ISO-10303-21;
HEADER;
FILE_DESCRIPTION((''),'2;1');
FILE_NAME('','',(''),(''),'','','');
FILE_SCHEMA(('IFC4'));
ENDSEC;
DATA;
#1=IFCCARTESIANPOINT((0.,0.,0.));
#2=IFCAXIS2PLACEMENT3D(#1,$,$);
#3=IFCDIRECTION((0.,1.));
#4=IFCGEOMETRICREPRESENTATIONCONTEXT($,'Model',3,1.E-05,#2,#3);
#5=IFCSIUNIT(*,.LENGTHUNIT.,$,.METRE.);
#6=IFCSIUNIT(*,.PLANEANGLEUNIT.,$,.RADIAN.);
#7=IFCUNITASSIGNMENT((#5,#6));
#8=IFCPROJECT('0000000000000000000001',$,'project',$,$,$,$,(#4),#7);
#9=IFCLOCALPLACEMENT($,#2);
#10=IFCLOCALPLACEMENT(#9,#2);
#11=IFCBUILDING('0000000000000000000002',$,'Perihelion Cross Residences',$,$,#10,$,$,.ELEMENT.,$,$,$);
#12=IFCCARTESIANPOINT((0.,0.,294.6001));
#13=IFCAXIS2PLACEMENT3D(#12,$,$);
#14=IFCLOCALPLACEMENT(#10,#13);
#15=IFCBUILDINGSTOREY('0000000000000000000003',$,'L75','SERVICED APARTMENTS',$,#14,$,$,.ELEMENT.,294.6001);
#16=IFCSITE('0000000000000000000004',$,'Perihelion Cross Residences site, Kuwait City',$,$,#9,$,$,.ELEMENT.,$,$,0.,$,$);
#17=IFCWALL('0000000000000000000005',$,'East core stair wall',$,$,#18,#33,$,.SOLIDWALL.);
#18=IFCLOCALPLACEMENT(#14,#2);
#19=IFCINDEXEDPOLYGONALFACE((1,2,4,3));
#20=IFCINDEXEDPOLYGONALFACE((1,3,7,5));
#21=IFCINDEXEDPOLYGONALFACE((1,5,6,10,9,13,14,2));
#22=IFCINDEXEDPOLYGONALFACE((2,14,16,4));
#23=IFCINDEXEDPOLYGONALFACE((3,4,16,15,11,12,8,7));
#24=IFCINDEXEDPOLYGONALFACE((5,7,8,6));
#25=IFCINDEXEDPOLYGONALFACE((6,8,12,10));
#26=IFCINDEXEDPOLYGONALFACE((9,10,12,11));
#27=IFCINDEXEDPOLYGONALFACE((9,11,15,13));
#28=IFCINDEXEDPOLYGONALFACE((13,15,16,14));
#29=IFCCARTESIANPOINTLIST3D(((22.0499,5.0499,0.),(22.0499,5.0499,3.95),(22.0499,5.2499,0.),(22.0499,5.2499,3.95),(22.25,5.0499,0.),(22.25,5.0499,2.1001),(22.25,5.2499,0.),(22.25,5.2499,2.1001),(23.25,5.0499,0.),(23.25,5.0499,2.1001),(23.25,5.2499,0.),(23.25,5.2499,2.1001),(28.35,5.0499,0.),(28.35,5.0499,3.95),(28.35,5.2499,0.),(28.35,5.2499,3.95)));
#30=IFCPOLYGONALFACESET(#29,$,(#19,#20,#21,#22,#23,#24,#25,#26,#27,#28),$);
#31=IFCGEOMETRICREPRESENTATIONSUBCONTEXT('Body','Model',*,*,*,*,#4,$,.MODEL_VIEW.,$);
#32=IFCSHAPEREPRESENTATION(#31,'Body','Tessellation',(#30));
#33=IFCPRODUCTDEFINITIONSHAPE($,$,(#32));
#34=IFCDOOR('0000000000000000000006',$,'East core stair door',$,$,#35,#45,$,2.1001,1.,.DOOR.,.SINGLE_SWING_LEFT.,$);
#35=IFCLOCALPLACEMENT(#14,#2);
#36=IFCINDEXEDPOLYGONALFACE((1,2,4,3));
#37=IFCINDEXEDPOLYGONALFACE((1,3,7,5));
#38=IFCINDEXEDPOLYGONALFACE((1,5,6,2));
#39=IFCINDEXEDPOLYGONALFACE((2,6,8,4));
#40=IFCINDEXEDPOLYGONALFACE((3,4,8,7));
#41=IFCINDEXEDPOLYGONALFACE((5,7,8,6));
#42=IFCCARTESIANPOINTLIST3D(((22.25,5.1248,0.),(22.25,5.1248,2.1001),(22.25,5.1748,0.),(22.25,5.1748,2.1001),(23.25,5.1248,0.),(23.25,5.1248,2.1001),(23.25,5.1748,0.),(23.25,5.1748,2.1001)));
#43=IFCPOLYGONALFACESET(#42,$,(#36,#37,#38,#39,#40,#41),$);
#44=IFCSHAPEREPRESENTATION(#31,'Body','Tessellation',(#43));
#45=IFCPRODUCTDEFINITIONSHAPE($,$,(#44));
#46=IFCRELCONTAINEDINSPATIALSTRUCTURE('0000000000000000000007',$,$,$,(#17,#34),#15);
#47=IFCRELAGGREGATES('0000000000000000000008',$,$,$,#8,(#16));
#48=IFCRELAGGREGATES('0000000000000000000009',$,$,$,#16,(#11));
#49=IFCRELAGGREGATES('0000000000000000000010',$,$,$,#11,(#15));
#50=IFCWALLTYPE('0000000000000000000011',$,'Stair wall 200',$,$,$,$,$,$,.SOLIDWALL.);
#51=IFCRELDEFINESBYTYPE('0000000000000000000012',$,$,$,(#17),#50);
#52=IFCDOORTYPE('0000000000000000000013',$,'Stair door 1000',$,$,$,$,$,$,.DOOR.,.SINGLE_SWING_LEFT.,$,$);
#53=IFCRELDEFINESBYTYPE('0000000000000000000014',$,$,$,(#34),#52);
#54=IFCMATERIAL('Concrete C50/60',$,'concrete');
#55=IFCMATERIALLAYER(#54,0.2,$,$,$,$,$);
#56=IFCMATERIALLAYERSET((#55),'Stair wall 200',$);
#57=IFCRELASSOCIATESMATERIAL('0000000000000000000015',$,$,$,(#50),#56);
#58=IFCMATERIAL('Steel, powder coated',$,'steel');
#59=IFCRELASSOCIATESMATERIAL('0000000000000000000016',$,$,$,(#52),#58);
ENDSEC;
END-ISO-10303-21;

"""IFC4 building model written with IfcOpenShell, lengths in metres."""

from ifc_helpers import new_model, si_unit, direction, frame, frame_2d, origin, place, context, subcontext, project, spatial, rectangle, extrude, material, layer, layer_set, type_object, element, fill, save


model = new_model("IFC4")

# Units and contexts
model_context = context("Model", 3, precision=1e-05, world=origin(), true_north=direction((0.0, 1.0)))
body_context = subcontext(model_context, "Body", "Model", "MODEL_VIEW")
ifc_project = project(units=[si_unit("LENGTHUNIT", "METRE"), si_unit("PLANEANGLEUNIT", "RADIAN")], contexts=[model_context])

# Site, building, storey
site_placement = place(None, origin())
site = spatial("IfcSite", under=ifc_project, at=site_placement, Name="Perihelion Cross Residences site, Kuwait City", CompositionType="ELEMENT", RefElevation=0.0)
building_placement = place(site_placement, origin())
building = spatial("IfcBuilding", under=site, at=building_placement, Name="Perihelion Cross Residences", CompositionType="ELEMENT")
storey_placement = place(building_placement, frame((0.0, 0.0, 294.6001)))
storey = spatial("IfcBuildingStorey", under=building, at=storey_placement, Name="L75", Description="SERVICED APARTMENTS", CompositionType="ELEMENT", Elevation=294.6001)

# Wall, opening, door
ifc_material_1 = material(Name="Concrete C50/60", Category="concrete")
ifc_layer_1 = layer(ifc_material_1, 0.2)
ifc_layer_set_1 = layer_set([ifc_layer_1], Name="Stair wall 200")
wall_type_1 = type_object("IfcWallType", Name="Stair wall 200", PredefinedType="SOLIDWALL", material=ifc_layer_set_1)
wall_1_placement = place(storey_placement, frame((22.05, 5.1499, 0.0), z_axis=(0.0, 0.0, 1.0), x_axis=(1.0, 0.0, 0.0)))
wall_1 = element("IfcWall", 1, at=wall_1_placement, inside=storey, type_object=wall_type_1, Name="East core stair wall", PredefinedType="SOLIDWALL", context=body_context, shape_type="SweptSolid", body=[
    extrude(rectangle(XDim=6.3, YDim=0.2, at=frame_2d((3.1499, 0.0))), origin(), (0.0, 0.0, 1.0), 3.95),
])
opening_1_placement = place(wall_1_placement, frame((0.2, 0.0, 0.0)))
opening_1 = element("IfcOpeningElement", 2, at=opening_1_placement, cuts=wall_1, PredefinedType="OPENING", context=body_context, shape_type="SweptSolid", body=[
    extrude(rectangle(XDim=1.0, YDim=2.1001, at=frame_2d((0.5, 1.05))), frame((0.0, 0.1099, 0.0), z_axis=(0.0, -1.0, 0.0), x_axis=(1.0, 0.0, 0.0)), (0.0, 0.0, 1.0), 0.22),
])
ifc_material_2 = material(Name="Steel, powder coated", Category="steel")
door_type_1 = type_object("IfcDoorType", Name="Stair door 1000", OperationType="SINGLE_SWING_LEFT", PredefinedType="DOOR", material=ifc_material_2)
door_1_placement = place(opening_1_placement, origin())
door_1 = element("IfcDoor", 3, at=door_1_placement, inside=storey, type_object=door_type_1, Name="East core stair door", OperationType="SINGLE_SWING_LEFT", OverallHeight=2.1001, OverallWidth=1.0, PredefinedType="DOOR", context=body_context, shape_type="SweptSolid", body=[
    extrude(rectangle(XDim=1.0, YDim=2.1001, at=frame_2d((0.5, 1.05))), frame((0.0, 0.0249, 0.0), z_axis=(0.0, -1.0, 0.0), x_axis=(1.0, 0.0, 0.0)), (0.0, 0.0, 1.0), 0.05),
])
fill(opening_1, door_1)

save(model, "model.ifc")
